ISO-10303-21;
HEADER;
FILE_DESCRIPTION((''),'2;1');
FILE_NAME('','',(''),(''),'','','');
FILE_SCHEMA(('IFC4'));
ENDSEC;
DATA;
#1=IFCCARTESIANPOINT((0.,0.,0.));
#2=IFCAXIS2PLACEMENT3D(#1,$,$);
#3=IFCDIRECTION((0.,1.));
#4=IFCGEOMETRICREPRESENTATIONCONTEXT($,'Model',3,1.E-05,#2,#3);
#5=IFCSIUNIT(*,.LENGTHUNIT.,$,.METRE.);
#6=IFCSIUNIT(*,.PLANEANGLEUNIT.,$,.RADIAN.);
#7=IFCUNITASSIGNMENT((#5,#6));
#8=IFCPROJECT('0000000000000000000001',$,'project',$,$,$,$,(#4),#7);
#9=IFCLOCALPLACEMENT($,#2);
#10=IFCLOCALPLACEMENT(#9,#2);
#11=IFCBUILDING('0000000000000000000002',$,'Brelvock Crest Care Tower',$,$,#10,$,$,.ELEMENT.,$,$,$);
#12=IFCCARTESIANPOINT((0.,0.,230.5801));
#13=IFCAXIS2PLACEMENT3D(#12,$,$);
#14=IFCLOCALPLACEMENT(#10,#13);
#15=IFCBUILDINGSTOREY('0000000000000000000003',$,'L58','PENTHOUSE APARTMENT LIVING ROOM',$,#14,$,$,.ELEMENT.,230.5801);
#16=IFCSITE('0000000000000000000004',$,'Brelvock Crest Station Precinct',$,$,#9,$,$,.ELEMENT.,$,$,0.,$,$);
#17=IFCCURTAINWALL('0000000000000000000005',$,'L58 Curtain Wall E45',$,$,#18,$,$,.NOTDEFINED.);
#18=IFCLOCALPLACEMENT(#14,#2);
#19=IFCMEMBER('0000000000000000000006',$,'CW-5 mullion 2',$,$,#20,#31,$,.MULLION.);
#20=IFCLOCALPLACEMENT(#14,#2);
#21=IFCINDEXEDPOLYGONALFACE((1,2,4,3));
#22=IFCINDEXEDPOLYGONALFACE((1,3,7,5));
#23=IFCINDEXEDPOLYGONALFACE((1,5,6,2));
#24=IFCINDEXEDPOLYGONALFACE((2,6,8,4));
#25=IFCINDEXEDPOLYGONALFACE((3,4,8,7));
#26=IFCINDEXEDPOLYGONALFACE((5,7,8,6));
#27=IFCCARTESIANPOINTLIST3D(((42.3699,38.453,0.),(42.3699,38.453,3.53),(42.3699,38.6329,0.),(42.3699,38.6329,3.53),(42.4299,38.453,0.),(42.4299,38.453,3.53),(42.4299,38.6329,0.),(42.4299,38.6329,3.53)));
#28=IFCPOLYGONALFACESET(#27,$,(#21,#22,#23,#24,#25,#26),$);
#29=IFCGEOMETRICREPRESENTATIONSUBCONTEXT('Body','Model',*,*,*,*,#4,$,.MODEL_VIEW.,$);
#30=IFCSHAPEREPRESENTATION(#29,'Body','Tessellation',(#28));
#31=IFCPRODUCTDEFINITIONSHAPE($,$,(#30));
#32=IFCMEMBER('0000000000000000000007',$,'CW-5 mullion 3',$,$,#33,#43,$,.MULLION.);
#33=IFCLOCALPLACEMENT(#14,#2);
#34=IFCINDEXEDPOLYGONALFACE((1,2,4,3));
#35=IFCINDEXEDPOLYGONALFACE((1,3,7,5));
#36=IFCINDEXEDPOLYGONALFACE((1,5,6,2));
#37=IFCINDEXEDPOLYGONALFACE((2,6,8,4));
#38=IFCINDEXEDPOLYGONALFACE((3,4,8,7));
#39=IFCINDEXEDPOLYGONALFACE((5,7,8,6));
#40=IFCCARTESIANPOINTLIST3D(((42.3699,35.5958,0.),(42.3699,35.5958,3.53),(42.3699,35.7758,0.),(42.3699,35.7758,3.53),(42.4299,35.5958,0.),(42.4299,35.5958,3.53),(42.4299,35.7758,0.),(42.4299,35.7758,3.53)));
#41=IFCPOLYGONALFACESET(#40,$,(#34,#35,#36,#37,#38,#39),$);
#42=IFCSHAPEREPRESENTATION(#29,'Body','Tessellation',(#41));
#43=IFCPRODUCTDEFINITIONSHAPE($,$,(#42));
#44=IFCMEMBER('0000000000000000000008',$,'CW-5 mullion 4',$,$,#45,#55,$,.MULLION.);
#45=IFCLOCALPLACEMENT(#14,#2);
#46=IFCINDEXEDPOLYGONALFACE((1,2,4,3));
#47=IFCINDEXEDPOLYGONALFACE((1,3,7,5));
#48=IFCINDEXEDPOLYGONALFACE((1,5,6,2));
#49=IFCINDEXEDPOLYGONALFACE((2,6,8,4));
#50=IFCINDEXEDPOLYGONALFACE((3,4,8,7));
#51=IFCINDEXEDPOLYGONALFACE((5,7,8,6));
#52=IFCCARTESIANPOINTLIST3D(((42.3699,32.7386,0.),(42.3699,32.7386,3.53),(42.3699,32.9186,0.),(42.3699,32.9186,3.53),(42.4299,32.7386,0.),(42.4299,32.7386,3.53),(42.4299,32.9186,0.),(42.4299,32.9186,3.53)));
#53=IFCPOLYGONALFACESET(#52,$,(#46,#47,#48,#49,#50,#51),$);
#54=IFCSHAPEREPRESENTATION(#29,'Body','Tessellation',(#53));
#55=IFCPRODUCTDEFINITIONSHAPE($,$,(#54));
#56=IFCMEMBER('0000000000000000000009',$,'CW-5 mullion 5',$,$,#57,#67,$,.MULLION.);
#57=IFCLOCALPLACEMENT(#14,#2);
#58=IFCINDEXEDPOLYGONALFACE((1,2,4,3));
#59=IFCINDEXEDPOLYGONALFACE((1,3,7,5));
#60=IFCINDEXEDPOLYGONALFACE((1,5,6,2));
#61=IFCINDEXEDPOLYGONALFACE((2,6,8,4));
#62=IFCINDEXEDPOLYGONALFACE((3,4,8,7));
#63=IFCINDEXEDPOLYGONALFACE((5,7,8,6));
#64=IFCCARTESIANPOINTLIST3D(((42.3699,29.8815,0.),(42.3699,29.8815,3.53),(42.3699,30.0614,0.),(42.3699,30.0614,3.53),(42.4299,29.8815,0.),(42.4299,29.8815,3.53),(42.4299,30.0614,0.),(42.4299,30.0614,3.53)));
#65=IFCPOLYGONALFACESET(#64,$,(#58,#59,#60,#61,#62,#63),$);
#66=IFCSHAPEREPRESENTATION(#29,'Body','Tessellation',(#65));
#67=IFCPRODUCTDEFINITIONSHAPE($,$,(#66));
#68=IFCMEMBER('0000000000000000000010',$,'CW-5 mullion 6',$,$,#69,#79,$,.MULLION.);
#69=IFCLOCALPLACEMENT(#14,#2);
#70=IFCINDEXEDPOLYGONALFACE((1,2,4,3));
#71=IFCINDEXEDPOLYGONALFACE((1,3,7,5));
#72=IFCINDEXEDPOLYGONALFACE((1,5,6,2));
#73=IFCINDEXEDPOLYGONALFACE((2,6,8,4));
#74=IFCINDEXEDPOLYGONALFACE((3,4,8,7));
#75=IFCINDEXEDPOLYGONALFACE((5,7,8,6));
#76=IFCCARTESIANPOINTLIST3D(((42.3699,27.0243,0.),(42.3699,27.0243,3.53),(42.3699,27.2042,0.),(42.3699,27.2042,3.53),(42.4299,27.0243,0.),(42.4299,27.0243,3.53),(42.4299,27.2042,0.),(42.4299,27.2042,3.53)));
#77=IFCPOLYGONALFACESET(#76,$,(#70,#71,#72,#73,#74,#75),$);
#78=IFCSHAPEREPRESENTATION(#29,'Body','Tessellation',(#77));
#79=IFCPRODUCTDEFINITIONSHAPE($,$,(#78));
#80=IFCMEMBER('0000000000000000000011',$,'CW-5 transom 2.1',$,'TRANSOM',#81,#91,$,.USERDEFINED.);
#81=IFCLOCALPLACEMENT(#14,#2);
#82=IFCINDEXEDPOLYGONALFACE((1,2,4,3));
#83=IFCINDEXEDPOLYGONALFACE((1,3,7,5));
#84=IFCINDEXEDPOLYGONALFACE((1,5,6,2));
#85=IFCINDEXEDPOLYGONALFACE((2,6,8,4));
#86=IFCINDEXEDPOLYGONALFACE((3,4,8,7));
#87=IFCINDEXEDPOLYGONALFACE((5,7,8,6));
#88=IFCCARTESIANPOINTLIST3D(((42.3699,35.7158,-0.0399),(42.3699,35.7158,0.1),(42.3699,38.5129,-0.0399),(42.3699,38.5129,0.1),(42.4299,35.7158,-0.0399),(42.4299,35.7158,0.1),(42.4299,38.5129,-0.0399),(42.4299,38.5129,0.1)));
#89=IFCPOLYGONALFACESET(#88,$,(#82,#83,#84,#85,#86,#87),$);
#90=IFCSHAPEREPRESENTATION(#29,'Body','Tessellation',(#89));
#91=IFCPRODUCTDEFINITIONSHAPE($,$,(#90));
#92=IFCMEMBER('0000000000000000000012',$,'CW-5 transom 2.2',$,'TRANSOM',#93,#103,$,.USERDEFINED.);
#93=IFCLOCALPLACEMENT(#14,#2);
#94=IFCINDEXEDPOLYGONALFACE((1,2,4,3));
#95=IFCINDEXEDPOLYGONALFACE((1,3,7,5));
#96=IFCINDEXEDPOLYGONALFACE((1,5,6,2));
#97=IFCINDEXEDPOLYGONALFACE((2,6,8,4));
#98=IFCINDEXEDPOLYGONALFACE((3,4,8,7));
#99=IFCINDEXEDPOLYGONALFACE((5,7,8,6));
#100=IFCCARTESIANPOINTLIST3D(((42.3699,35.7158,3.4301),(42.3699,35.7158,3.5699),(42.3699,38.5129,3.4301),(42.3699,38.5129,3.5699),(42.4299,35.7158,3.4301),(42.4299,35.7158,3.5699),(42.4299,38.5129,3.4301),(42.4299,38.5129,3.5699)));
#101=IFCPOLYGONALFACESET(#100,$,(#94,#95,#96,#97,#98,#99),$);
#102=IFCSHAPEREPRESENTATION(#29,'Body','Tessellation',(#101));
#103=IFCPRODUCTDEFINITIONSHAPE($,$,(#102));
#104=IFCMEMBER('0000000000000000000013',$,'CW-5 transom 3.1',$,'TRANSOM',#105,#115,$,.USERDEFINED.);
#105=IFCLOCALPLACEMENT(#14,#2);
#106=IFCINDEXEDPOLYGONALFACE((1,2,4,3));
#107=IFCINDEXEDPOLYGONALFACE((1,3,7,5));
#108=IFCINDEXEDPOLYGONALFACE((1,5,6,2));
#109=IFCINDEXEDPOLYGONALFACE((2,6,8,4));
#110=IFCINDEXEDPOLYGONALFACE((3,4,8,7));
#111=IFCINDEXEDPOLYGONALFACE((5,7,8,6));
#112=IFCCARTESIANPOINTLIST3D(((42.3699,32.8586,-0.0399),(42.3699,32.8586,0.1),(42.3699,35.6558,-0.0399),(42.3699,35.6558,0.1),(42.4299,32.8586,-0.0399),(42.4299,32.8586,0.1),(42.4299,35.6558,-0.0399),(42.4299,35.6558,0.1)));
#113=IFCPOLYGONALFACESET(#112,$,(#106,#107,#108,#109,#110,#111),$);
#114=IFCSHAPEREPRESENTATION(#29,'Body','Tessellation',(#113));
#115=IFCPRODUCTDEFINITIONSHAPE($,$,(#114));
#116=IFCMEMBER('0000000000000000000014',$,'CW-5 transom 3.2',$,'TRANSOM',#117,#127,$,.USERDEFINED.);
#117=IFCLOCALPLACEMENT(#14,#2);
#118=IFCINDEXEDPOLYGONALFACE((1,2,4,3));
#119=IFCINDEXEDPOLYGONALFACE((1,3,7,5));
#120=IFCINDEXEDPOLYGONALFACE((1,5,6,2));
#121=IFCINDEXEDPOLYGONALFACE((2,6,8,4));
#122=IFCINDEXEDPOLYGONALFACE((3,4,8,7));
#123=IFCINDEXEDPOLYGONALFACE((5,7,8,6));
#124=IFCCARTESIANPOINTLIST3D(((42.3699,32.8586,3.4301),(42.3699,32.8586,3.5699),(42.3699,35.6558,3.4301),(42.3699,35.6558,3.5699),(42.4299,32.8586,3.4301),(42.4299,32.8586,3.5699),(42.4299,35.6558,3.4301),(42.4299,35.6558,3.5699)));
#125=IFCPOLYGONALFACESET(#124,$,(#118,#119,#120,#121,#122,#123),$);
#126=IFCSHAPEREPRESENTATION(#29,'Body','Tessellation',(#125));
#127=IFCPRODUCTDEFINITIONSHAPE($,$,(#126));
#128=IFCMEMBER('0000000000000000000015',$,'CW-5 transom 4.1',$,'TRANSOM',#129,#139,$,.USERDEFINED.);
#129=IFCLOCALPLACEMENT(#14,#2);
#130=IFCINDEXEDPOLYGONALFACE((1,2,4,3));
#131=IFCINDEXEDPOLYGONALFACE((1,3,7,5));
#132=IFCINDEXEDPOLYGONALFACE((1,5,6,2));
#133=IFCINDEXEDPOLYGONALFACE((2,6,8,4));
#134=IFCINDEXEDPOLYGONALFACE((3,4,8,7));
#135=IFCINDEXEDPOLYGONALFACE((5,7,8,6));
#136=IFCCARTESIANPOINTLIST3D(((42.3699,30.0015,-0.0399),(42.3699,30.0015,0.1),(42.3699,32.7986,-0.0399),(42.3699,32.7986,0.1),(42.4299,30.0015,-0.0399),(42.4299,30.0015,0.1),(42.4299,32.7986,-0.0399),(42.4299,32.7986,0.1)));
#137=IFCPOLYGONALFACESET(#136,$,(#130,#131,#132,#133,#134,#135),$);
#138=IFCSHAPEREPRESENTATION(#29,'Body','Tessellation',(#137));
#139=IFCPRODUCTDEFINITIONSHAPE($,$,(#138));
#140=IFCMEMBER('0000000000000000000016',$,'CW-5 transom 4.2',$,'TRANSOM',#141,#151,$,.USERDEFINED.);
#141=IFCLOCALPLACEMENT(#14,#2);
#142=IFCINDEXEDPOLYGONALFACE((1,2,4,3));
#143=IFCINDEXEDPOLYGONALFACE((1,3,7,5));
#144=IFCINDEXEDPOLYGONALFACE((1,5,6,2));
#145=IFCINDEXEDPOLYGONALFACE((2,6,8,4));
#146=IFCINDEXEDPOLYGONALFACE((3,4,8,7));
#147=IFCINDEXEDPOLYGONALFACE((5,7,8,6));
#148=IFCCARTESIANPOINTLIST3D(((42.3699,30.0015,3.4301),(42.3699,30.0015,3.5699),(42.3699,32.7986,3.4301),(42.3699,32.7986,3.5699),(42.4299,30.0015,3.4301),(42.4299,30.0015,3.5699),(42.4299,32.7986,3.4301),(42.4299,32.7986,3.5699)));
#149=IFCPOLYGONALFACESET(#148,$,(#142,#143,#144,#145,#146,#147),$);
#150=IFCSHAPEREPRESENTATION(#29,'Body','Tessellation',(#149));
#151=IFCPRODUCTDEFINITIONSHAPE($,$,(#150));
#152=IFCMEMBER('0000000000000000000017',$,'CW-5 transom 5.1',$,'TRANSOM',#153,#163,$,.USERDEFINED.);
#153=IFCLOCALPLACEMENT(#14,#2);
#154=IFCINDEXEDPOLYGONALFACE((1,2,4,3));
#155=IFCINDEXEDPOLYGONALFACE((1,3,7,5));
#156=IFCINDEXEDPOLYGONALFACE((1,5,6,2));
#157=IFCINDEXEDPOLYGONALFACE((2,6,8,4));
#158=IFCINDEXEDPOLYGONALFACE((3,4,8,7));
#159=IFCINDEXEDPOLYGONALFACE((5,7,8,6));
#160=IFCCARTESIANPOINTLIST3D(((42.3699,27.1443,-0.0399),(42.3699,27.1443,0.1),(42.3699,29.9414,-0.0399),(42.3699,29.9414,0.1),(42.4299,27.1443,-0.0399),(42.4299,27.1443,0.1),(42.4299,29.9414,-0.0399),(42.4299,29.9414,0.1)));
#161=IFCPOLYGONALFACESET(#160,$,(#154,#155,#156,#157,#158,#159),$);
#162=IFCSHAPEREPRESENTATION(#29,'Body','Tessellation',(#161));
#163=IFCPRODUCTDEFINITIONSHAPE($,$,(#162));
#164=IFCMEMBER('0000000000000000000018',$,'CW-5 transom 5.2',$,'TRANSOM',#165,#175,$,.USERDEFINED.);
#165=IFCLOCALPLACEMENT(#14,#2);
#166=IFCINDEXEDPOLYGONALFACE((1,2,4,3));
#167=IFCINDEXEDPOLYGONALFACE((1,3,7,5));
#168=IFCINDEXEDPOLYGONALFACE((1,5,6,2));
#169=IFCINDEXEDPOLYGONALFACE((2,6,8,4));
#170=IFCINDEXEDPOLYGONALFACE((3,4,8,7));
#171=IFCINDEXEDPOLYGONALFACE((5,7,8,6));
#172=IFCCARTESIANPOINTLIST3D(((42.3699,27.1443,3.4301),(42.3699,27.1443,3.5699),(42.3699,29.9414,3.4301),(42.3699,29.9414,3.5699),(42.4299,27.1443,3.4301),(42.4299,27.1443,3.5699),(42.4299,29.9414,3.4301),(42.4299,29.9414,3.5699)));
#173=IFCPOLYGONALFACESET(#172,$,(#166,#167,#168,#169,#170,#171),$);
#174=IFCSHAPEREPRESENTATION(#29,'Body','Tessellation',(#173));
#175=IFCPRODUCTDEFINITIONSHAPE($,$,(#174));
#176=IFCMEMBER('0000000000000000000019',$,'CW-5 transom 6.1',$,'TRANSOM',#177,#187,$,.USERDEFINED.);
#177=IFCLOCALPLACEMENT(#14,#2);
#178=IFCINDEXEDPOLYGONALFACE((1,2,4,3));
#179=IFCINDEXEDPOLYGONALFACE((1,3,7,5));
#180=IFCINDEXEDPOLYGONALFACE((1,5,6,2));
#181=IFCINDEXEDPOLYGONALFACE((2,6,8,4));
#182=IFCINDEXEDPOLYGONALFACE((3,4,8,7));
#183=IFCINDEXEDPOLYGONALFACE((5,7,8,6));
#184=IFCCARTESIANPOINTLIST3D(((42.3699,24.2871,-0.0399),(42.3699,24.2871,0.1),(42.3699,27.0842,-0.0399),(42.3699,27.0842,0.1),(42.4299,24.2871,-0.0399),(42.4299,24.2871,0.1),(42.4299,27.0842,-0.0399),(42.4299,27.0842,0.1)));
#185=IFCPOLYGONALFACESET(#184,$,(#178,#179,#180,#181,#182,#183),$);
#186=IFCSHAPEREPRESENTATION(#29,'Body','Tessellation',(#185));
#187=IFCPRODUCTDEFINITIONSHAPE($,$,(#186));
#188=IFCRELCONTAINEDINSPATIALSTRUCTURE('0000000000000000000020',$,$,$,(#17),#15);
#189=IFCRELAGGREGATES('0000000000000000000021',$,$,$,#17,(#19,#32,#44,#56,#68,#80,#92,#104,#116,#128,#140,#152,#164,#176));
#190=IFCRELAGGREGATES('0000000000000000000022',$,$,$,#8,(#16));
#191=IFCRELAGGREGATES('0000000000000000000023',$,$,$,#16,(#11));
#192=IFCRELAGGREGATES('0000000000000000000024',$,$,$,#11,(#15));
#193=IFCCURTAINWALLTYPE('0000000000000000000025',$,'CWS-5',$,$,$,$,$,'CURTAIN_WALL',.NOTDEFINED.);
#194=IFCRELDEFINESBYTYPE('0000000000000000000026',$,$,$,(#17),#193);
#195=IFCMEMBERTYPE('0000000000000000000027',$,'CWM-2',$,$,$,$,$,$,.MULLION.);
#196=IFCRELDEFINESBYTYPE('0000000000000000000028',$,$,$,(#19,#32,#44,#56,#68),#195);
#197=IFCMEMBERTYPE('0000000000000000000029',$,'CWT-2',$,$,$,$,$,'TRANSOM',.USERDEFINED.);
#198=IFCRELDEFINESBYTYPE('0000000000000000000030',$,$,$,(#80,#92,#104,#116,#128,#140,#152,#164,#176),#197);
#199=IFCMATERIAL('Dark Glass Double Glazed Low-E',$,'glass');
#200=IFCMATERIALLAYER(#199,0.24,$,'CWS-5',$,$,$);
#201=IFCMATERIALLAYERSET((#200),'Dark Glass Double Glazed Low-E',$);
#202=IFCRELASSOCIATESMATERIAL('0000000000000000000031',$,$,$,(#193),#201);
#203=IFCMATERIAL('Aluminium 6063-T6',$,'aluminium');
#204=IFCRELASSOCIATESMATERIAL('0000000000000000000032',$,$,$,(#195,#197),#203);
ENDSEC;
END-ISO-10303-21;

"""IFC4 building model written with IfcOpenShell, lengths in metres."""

from ifc_helpers import new_model, si_unit, direction, frame, origin, origin_2d, place, context, subcontext, project, spatial, rectangle, extrude, source, transform, mapped, material, layer, layer_set, material_profile, profile_set, type_object, element, aggregate, save


model = new_model("IFC4")

# Units and contexts
model_context = context("Model", 3, precision=1e-05, world=origin(), true_north=direction((0.0, 1.0)))
body_context = subcontext(model_context, "Body", "Model", "MODEL_VIEW")
ifc_project = project(units=[si_unit("LENGTHUNIT", "METRE"), si_unit("PLANEANGLEUNIT", "RADIAN")], contexts=[model_context])

# Site, building, storey
site_placement = place(None, origin())
site = spatial("IfcSite", under=ifc_project, at=site_placement, Name="Brelvock Crest Station Precinct", CompositionType="ELEMENT", RefElevation=0.0)
building_placement = place(site_placement, origin())
building = spatial("IfcBuilding", under=site, at=building_placement, Name="Brelvock Crest Care Tower", CompositionType="ELEMENT")
storey_placement = place(building_placement, frame((0.0, 0.0, 230.5801)))
storey = spatial("IfcBuildingStorey", under=building, at=storey_placement, Name="L58", Description="PENTHOUSE APARTMENT LIVING ROOM", CompositionType="ELEMENT", Elevation=230.5801)

# Curtain wall, members
ifc_material_1 = material(Name="Dark Glass Double Glazed Low-E", Category="glass")
ifc_layer_1 = layer(ifc_material_1, 0.24, Name="CWS-5")
ifc_layer_set_1 = layer_set([ifc_layer_1], Name="Dark Glass Double Glazed Low-E")
curtain_wall_type = type_object("IfcCurtainWallType", Name="CWS-5", ElementType="CURTAIN_WALL", PredefinedType="NOTDEFINED", material=ifc_layer_set_1)
curtain_wall_placement = place(storey_placement, origin())
curtain_wall = element("IfcCurtainWall", 1, at=curtain_wall_placement, inside=storey, type_object=curtain_wall_type, Name="L58 Curtain Wall E45", PredefinedType="NOTDEFINED")
ifc_material_2 = material(Name="Aluminium 6063-T6", Category="aluminium")
ifc_material_profile_1 = material_profile(ifc_material_2, rectangle(XDim=0.0601, YDim=0.1799, at=origin_2d()), Name="ALU60x180")
ifc_profile_set_1 = profile_set([ifc_material_profile_1], Name="Aluminium 6063-T6")
member_type_1 = type_object("IfcMemberType", Name="CWM-2", PredefinedType="MULLION", material=ifc_profile_set_1)
shared_shape_1 = source(origin(), body_context, "Body", "SweptSolid", [
    extrude(rectangle(XDim=0.0601, YDim=0.1799, at=origin_2d()), origin(), (0.0, 0.0, 1.0), 3.53),
])
member_1_placement = place(storey_placement, frame((42.3999, 38.543, 0.0), z_axis=(0.0, 0.0, 1.0), x_axis=(1.0, 0.0, 0.0)))
member_1 = element("IfcMember", 2, at=member_1_placement, type_object=member_type_1, Name="CW-5 mullion 2", PredefinedType="MULLION", context=body_context, shape_type="MappedRepresentation", body=[
    mapped(shared_shape_1, transform((0.0, 0.0, 0.0), x_axis=(1.0, 0.0, 0.0), y_axis=(0.0, 1.0, 0.0), z_axis=(0.0, 0.0, 1.0), scale=1.0)),
])
member_2_placement = place(storey_placement, frame((42.3999, 35.6858, 0.0), z_axis=(0.0, 0.0, 1.0), x_axis=(1.0, 0.0, 0.0)))
member_2 = element("IfcMember", 3, at=member_2_placement, type_object=member_type_1, Name="CW-5 mullion 3", PredefinedType="MULLION", context=body_context, shape_type="MappedRepresentation", body=[
    mapped(shared_shape_1, transform((0.0, 0.0, 0.0), x_axis=(1.0, 0.0, 0.0), y_axis=(0.0, 1.0, 0.0), z_axis=(0.0, 0.0, 1.0), scale=1.0)),
])
member_3_placement = place(storey_placement, frame((42.3999, 32.8286, 0.0), z_axis=(0.0, 0.0, 1.0), x_axis=(1.0, 0.0, 0.0)))
member_3 = element("IfcMember", 4, at=member_3_placement, type_object=member_type_1, Name="CW-5 mullion 4", PredefinedType="MULLION", context=body_context, shape_type="MappedRepresentation", body=[
    mapped(shared_shape_1, transform((0.0, 0.0, 0.0), x_axis=(1.0, 0.0, 0.0), y_axis=(0.0, 1.0, 0.0), z_axis=(0.0, 0.0, 1.0), scale=1.0)),
])
member_4_placement = place(storey_placement, frame((42.3999, 29.9714, 0.0), z_axis=(0.0, 0.0, 1.0), x_axis=(1.0, 0.0, 0.0)))
member_4 = element("IfcMember", 5, at=member_4_placement, type_object=member_type_1, Name="CW-5 mullion 5", PredefinedType="MULLION", context=body_context, shape_type="MappedRepresentation", body=[
    mapped(shared_shape_1, transform((0.0, 0.0, 0.0), x_axis=(1.0, 0.0, 0.0), y_axis=(0.0, 1.0, 0.0), z_axis=(0.0, 0.0, 1.0), scale=1.0)),
])
member_5_placement = place(storey_placement, frame((42.3999, 27.1143, 0.0), z_axis=(0.0, 0.0, 1.0), x_axis=(1.0, 0.0, 0.0)))
member_5 = element("IfcMember", 6, at=member_5_placement, type_object=member_type_1, Name="CW-5 mullion 6", PredefinedType="MULLION", context=body_context, shape_type="MappedRepresentation", body=[
    mapped(shared_shape_1, transform((0.0, 0.0, 0.0), x_axis=(1.0, 0.0, 0.0), y_axis=(0.0, 1.0, 0.0), z_axis=(0.0, 0.0, 1.0), scale=1.0)),
])
ifc_material_profile_2 = material_profile(ifc_material_2, rectangle(XDim=0.0601, YDim=0.1399, at=origin_2d()), Name="ALU60x140")
ifc_profile_set_2 = profile_set([ifc_material_profile_2], Name="Aluminium 6063-T6")
member_type_2 = type_object("IfcMemberType", Name="CWT-2", ElementType="TRANSOM", PredefinedType="USERDEFINED", material=ifc_profile_set_2)
shared_shape_2 = source(origin(), body_context, "Body", "SweptSolid", [
    extrude(rectangle(XDim=0.0601, YDim=0.1399, at=origin_2d()), origin(), (0.0, 0.0, 1.0), 2.7971),
])
member_6_placement = place(storey_placement, frame((42.3999, 38.5129, 0.03), z_axis=(0.0, -1.0, 0.0), x_axis=(1.0, 0.0, 0.0)))
member_6 = element("IfcMember", 7, at=member_6_placement, type_object=member_type_2, Name="CW-5 transom 2.1", ObjectType="TRANSOM", PredefinedType="USERDEFINED", context=body_context, shape_type="MappedRepresentation", body=[
    mapped(shared_shape_2, transform((0.0, 0.0, 0.0), x_axis=(1.0, 0.0, 0.0), y_axis=(0.0, 1.0, 0.0), z_axis=(0.0, 0.0, 1.0), scale=1.0)),
])
member_7_placement = place(storey_placement, frame((42.3999, 38.5129, 3.5), z_axis=(0.0, -1.0, 0.0), x_axis=(1.0, 0.0, 0.0)))
member_7 = element("IfcMember", 8, at=member_7_placement, type_object=member_type_2, Name="CW-5 transom 2.2", ObjectType="TRANSOM", PredefinedType="USERDEFINED", context=body_context, shape_type="MappedRepresentation", body=[
    mapped(shared_shape_2, transform((0.0, 0.0, 0.0), x_axis=(1.0, 0.0, 0.0), y_axis=(0.0, 1.0, 0.0), z_axis=(0.0, 0.0, 1.0), scale=1.0)),
])
member_8_placement = place(storey_placement, frame((42.3999, 35.6558, 0.03), z_axis=(0.0, -1.0, 0.0), x_axis=(1.0, 0.0, 0.0)))
member_8 = element("IfcMember", 9, at=member_8_placement, type_object=member_type_2, Name="CW-5 transom 3.1", ObjectType="TRANSOM", PredefinedType="USERDEFINED", context=body_context, shape_type="MappedRepresentation", body=[
    mapped(shared_shape_2, transform((0.0, 0.0, 0.0), x_axis=(1.0, 0.0, 0.0), y_axis=(0.0, 1.0, 0.0), z_axis=(0.0, 0.0, 1.0), scale=1.0)),
])
member_9_placement = place(storey_placement, frame((42.3999, 35.6558, 3.5), z_axis=(0.0, -1.0, 0.0), x_axis=(1.0, 0.0, 0.0)))
member_9 = element("IfcMember", 10, at=member_9_placement, type_object=member_type_2, Name="CW-5 transom 3.2", ObjectType="TRANSOM", PredefinedType="USERDEFINED", context=body_context, shape_type="MappedRepresentation", body=[
    mapped(shared_shape_2, transform((0.0, 0.0, 0.0), x_axis=(1.0, 0.0, 0.0), y_axis=(0.0, 1.0, 0.0), z_axis=(0.0, 0.0, 1.0), scale=1.0)),
])
member_10_placement = place(storey_placement, frame((42.3999, 32.7986, 0.03), z_axis=(0.0, -1.0, 0.0), x_axis=(1.0, 0.0, 0.0)))
member_10 = element("IfcMember", 11, at=member_10_placement, type_object=member_type_2, Name="CW-5 transom 4.1", ObjectType="TRANSOM", PredefinedType="USERDEFINED", context=body_context, shape_type="MappedRepresentation", body=[
    mapped(shared_shape_2, transform((0.0, 0.0, 0.0), x_axis=(1.0, 0.0, 0.0), y_axis=(0.0, 1.0, 0.0), z_axis=(0.0, 0.0, 1.0), scale=1.0)),
])
member_11_placement = place(storey_placement, frame((42.3999, 32.7986, 3.5), z_axis=(0.0, -1.0, 0.0), x_axis=(1.0, 0.0, 0.0)))
member_11 = element("IfcMember", 12, at=member_11_placement, type_object=member_type_2, Name="CW-5 transom 4.2", ObjectType="TRANSOM", PredefinedType="USERDEFINED", context=body_context, shape_type="MappedRepresentation", body=[
    mapped(shared_shape_2, transform((0.0, 0.0, 0.0), x_axis=(1.0, 0.0, 0.0), y_axis=(0.0, 1.0, 0.0), z_axis=(0.0, 0.0, 1.0), scale=1.0)),
])
member_12_placement = place(storey_placement, frame((42.3999, 29.9414, 0.03), z_axis=(0.0, -1.0, 0.0), x_axis=(1.0, 0.0, 0.0)))
member_12 = element("IfcMember", 13, at=member_12_placement, type_object=member_type_2, Name="CW-5 transom 5.1", ObjectType="TRANSOM", PredefinedType="USERDEFINED", context=body_context, shape_type="MappedRepresentation", body=[
    mapped(shared_shape_2, transform((0.0, 0.0, 0.0), x_axis=(1.0, 0.0, 0.0), y_axis=(0.0, 1.0, 0.0), z_axis=(0.0, 0.0, 1.0), scale=1.0)),
])
member_13_placement = place(storey_placement, frame((42.3999, 29.9414, 3.5), z_axis=(0.0, -1.0, 0.0), x_axis=(1.0, 0.0, 0.0)))
member_13 = element("IfcMember", 14, at=member_13_placement, type_object=member_type_2, Name="CW-5 transom 5.2", ObjectType="TRANSOM", PredefinedType="USERDEFINED", context=body_context, shape_type="MappedRepresentation", body=[
    mapped(shared_shape_2, transform((0.0, 0.0, 0.0), x_axis=(1.0, 0.0, 0.0), y_axis=(0.0, 1.0, 0.0), z_axis=(0.0, 0.0, 1.0), scale=1.0)),
])
member_14_placement = place(storey_placement, frame((42.3999, 27.0842, 0.03), z_axis=(0.0, -1.0, 0.0), x_axis=(1.0, 0.0, 0.0)))
member_14 = element("IfcMember", 15, at=member_14_placement, type_object=member_type_2, Name="CW-5 transom 6.1", ObjectType="TRANSOM", PredefinedType="USERDEFINED", context=body_context, shape_type="MappedRepresentation", body=[
    mapped(shared_shape_2, transform((0.0, 0.0, 0.0), x_axis=(1.0, 0.0, 0.0), y_axis=(0.0, 1.0, 0.0), z_axis=(0.0, 0.0, 1.0), scale=1.0)),
])
aggregate(curtain_wall, [member_1, member_2, member_3, member_4, member_5, member_6, member_7, member_8, member_9, member_10, member_11, member_12, member_13, member_14])

save(model, "model.ifc")
